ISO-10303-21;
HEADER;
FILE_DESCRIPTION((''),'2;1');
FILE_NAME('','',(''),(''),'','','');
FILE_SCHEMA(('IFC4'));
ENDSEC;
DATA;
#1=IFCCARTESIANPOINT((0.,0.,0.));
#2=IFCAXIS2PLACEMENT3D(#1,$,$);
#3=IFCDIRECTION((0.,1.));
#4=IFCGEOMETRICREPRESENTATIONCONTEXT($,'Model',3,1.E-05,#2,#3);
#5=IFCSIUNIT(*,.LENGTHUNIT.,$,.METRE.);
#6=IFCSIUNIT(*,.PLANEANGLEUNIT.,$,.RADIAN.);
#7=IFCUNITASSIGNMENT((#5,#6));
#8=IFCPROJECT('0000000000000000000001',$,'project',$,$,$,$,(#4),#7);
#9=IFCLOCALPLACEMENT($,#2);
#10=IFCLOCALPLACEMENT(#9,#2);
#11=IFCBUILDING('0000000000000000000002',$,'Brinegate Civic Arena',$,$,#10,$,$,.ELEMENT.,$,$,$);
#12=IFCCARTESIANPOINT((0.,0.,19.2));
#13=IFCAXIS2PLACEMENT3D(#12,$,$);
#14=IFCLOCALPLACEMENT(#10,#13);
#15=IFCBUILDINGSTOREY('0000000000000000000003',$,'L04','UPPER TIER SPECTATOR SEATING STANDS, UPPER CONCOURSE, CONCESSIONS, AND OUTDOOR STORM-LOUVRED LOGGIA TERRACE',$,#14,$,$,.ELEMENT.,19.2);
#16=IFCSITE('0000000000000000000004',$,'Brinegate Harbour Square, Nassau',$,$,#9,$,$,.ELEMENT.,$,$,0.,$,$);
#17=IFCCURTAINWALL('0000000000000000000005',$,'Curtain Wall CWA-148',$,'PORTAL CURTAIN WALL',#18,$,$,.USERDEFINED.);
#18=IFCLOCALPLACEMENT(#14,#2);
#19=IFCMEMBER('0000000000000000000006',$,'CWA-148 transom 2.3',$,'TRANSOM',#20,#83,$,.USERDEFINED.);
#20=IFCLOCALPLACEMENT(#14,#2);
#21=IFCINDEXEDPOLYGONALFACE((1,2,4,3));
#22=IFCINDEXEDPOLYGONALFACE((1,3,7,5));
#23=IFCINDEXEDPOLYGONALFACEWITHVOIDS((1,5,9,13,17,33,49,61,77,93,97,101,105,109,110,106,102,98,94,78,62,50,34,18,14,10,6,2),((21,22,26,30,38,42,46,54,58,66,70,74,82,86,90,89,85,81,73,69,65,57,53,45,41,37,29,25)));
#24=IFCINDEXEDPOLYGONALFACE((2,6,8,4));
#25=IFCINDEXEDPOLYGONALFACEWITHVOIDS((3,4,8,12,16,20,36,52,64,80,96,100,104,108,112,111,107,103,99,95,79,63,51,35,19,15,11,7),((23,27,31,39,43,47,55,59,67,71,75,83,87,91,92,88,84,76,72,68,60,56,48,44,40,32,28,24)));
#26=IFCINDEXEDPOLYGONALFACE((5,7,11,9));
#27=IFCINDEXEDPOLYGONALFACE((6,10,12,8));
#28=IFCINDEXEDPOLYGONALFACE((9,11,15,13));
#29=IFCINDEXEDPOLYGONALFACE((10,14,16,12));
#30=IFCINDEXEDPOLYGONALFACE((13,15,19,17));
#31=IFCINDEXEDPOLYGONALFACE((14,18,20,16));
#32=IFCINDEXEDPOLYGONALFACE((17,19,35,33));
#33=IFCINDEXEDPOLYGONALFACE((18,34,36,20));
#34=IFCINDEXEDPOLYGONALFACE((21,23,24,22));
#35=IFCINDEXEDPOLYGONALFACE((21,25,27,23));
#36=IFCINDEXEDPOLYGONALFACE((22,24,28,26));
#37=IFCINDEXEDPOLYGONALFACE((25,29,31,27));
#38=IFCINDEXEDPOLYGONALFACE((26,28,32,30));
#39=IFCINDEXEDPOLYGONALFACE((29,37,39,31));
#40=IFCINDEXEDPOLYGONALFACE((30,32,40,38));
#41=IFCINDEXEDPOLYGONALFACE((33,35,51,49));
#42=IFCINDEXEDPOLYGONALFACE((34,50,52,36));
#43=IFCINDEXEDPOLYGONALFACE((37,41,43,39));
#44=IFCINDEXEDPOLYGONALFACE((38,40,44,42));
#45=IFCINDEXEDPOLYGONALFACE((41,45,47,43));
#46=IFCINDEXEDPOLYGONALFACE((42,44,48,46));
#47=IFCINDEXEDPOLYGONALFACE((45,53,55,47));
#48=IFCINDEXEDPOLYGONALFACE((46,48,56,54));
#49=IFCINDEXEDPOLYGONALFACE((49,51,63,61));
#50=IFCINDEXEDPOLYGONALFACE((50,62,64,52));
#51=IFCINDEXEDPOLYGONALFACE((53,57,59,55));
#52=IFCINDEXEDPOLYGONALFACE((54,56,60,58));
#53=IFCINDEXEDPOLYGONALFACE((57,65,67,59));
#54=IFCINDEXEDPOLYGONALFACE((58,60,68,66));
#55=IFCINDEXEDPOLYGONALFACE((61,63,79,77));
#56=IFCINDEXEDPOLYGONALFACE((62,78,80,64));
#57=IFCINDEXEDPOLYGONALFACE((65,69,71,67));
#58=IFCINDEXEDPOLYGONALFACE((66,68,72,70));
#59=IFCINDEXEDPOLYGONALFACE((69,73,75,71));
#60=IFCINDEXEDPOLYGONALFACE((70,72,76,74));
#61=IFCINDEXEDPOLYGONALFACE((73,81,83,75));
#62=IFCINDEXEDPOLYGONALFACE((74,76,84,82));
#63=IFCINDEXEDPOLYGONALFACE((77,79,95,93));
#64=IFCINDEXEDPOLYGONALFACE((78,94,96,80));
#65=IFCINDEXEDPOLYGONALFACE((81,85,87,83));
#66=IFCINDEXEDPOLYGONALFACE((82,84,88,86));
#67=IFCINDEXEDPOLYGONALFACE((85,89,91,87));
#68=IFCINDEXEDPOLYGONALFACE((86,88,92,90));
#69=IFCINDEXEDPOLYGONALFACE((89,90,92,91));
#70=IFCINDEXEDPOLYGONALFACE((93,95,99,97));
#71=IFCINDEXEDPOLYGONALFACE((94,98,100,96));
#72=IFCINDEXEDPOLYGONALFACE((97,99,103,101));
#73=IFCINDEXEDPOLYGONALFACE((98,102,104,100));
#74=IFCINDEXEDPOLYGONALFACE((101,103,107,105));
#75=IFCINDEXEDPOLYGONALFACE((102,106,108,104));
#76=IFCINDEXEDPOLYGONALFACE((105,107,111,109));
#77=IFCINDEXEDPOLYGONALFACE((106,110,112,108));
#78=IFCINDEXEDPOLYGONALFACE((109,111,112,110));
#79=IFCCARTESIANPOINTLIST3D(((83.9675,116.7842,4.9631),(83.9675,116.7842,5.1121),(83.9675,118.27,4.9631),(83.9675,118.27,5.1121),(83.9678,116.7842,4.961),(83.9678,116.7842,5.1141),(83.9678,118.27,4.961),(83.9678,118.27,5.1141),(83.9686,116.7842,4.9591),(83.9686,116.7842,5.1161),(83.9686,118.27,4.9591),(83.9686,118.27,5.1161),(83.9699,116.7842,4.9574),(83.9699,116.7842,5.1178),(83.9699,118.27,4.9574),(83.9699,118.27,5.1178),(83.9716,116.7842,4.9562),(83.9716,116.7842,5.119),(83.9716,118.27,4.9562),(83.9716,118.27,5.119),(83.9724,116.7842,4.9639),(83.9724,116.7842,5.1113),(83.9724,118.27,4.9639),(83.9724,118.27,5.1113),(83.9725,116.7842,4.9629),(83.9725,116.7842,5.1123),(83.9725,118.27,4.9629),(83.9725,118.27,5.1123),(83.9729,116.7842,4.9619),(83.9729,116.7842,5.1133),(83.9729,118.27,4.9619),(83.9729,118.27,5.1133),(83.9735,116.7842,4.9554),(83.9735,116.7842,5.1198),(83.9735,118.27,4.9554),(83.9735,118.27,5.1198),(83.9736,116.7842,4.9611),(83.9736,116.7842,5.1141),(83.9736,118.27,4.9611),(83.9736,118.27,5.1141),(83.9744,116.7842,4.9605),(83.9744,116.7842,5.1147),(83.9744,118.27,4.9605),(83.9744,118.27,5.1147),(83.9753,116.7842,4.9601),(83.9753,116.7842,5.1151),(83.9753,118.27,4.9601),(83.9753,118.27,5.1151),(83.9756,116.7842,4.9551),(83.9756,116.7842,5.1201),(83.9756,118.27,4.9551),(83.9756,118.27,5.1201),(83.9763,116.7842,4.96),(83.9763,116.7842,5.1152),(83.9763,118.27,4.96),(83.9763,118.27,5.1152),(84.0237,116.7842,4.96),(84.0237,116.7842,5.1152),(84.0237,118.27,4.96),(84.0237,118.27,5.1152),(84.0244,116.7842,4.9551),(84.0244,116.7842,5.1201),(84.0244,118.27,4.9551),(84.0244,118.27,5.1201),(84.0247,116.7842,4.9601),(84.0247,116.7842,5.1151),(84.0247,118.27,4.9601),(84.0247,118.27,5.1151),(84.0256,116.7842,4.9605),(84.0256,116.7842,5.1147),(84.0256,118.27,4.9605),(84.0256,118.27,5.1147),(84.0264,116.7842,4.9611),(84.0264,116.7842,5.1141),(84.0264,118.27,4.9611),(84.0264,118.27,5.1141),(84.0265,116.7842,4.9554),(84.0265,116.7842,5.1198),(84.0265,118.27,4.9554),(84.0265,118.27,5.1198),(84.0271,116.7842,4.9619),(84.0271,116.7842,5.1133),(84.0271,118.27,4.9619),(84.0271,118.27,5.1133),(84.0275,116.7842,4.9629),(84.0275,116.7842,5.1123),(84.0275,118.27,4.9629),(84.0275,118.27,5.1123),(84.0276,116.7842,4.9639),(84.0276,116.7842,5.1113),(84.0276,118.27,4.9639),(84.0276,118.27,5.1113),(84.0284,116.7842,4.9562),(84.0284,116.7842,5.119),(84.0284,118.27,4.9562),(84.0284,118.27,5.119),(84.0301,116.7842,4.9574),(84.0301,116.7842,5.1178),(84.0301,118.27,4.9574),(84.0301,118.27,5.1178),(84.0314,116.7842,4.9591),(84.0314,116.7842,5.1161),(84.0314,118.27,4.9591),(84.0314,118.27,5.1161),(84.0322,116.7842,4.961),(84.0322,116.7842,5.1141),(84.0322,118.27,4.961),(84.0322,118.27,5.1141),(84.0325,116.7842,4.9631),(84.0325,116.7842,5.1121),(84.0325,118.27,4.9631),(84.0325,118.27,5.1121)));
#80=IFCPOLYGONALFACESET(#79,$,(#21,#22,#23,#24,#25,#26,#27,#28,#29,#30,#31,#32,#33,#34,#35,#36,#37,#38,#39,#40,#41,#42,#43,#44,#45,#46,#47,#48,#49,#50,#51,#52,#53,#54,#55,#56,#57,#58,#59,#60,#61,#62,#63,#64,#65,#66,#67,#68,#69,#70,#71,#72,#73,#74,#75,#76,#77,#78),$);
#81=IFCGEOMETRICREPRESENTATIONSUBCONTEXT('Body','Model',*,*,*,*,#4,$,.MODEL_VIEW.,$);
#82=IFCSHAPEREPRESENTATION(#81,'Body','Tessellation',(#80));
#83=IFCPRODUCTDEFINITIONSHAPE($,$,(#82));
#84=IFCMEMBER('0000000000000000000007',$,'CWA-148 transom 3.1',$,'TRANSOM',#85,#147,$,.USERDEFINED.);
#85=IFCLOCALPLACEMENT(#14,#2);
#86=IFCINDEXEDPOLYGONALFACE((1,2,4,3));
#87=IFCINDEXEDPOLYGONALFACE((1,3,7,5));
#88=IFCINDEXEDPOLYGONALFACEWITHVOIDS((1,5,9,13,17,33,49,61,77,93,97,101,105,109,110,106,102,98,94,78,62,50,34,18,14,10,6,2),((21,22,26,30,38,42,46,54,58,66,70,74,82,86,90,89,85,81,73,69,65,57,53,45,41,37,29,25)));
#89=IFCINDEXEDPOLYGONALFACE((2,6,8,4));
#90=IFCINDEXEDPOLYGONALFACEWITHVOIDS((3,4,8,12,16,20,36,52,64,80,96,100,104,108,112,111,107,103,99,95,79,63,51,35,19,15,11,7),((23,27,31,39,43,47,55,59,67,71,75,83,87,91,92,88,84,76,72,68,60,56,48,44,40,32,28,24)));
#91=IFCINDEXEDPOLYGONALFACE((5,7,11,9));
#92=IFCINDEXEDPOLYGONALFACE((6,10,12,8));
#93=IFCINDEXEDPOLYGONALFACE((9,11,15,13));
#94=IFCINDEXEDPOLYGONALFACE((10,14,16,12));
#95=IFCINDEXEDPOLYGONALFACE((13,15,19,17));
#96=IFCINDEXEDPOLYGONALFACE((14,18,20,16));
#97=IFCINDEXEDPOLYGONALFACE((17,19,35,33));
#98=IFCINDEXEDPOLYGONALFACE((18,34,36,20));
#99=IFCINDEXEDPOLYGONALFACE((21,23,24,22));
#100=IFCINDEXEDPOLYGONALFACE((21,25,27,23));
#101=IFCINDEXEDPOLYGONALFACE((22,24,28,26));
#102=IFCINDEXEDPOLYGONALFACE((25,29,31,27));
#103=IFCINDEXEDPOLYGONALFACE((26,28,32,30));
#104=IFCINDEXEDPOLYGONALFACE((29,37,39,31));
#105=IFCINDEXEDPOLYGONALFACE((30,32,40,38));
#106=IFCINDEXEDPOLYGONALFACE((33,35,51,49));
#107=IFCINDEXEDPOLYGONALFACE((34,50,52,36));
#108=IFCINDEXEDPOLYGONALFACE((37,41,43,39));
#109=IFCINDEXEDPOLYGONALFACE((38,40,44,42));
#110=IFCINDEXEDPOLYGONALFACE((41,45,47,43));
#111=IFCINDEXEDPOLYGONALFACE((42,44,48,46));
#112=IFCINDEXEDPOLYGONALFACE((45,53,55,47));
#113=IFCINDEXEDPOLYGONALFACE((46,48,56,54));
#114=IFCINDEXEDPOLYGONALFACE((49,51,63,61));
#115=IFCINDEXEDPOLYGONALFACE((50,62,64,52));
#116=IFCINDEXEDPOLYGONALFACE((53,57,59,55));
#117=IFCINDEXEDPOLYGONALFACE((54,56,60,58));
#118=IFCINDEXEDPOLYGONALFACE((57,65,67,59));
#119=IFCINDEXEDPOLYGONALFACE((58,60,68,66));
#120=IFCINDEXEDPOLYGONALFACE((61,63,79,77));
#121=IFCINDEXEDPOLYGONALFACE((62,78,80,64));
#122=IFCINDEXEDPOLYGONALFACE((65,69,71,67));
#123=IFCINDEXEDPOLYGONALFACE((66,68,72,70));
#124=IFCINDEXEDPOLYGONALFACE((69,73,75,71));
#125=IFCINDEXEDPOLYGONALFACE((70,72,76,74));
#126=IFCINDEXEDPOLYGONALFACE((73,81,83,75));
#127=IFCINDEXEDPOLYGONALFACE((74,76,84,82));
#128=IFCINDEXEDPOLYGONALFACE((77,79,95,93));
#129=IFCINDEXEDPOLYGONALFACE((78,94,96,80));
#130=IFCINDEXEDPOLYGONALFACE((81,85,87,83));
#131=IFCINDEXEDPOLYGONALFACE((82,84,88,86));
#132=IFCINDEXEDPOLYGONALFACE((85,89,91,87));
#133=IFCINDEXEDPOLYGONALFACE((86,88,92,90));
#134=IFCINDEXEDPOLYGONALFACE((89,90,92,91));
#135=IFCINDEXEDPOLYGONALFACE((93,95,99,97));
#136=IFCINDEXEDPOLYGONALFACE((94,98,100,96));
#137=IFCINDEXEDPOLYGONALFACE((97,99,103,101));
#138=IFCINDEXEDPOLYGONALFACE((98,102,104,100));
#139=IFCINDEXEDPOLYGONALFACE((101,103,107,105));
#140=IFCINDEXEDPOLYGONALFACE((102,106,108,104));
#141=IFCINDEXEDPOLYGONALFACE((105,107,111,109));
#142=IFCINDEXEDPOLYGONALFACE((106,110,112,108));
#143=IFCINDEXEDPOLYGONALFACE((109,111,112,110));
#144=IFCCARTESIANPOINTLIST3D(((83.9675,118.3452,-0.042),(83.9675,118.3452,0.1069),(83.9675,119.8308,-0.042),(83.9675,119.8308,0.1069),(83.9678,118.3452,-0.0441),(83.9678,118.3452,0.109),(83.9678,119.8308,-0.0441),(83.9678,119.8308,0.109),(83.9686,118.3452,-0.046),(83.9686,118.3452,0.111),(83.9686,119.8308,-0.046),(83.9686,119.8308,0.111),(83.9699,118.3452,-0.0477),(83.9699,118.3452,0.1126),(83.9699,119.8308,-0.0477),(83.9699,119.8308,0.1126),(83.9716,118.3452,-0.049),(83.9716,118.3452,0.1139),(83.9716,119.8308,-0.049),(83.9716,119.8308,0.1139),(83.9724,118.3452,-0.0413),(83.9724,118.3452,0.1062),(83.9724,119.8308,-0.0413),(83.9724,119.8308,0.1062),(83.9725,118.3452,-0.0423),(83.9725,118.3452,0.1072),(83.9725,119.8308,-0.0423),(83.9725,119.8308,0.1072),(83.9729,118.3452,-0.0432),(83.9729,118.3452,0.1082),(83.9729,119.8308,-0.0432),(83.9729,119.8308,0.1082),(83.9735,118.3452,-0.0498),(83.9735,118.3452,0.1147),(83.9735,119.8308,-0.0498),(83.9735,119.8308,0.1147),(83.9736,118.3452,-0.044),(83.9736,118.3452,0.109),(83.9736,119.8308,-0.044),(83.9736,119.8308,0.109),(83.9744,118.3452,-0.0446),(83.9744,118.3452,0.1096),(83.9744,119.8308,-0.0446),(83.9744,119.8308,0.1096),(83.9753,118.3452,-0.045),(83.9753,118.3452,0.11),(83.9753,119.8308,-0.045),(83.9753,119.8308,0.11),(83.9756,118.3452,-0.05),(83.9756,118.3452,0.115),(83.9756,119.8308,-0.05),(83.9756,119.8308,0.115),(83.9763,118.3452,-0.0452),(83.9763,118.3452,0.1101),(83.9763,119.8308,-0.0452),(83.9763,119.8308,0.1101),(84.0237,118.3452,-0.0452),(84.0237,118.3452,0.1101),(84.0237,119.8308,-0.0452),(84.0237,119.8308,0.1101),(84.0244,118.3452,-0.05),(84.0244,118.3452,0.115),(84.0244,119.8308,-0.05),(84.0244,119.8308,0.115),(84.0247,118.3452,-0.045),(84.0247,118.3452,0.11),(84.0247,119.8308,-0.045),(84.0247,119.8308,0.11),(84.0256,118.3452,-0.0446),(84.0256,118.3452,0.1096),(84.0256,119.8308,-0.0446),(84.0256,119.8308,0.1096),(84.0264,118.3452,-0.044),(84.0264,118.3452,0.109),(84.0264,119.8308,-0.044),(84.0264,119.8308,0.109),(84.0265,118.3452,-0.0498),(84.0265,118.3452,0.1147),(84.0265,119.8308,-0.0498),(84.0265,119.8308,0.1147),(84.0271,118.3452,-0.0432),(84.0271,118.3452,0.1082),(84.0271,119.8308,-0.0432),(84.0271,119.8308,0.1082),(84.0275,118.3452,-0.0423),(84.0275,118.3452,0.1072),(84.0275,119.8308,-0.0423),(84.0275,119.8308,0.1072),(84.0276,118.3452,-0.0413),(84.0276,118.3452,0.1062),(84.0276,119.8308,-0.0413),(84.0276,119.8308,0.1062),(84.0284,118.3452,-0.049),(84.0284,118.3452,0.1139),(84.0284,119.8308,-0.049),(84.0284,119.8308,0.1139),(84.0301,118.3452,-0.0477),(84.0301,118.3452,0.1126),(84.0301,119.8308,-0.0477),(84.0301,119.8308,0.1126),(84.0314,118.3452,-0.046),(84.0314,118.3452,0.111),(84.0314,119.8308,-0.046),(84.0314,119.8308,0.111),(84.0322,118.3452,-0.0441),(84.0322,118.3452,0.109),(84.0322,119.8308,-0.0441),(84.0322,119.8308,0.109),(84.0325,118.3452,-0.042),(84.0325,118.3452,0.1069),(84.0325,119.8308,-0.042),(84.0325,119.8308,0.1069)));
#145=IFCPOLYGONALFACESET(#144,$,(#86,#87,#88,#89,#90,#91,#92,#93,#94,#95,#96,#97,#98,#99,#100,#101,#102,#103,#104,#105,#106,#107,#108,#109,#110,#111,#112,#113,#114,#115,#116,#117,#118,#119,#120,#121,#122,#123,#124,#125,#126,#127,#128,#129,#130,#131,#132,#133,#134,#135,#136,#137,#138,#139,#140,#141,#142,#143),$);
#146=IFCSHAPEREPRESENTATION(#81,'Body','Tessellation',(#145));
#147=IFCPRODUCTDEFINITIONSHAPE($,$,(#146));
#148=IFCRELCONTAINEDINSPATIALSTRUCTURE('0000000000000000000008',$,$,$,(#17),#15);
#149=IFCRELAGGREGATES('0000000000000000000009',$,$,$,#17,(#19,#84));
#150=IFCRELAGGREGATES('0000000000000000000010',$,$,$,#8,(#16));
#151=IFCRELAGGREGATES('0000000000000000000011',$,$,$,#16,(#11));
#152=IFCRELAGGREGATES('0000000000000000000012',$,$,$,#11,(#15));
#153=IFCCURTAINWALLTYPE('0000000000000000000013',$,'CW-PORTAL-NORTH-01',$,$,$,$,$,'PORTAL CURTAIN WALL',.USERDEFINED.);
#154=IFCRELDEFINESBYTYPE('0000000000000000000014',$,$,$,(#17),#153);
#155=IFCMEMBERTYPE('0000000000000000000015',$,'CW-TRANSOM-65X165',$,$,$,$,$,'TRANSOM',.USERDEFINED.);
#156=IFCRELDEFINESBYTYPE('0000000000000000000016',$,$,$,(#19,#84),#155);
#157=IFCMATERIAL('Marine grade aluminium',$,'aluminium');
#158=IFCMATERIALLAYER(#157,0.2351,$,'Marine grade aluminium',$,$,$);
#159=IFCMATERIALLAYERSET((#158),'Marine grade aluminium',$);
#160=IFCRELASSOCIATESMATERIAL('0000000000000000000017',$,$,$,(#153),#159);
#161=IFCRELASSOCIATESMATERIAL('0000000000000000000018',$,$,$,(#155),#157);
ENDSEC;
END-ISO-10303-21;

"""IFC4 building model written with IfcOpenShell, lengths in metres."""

from ifc_helpers import new_model, si_unit, direction, frame, origin, origin_2d, place, context, subcontext, project, spatial, hollow_rectangle, extrude, material, layer, layer_set, material_profile, profile_set, type_object, element, aggregate, save


model = new_model("IFC4")

# Units and contexts
model_context = context("Model", 3, precision=1e-05, world=origin(), true_north=direction((0.0, 1.0)))
body_context = subcontext(model_context, "Body", "Model", "MODEL_VIEW")
ifc_project = project(units=[si_unit("LENGTHUNIT", "METRE"), si_unit("PLANEANGLEUNIT", "RADIAN")], contexts=[model_context])

# Site, building, storey
site_placement = place(None, origin())
site = spatial("IfcSite", under=ifc_project, at=site_placement, Name="Brinegate Harbour Square, Nassau", CompositionType="ELEMENT", RefElevation=0.0)
building_placement = place(site_placement, origin())
building = spatial("IfcBuilding", under=site, at=building_placement, Name="Brinegate Civic Arena", CompositionType="ELEMENT")
storey_placement = place(building_placement, frame((0.0, 0.0, 19.2)))
storey = spatial("IfcBuildingStorey", under=building, at=storey_placement, Name="L04", Description="UPPER TIER SPECTATOR SEATING STANDS, UPPER CONCOURSE, CONCESSIONS, AND OUTDOOR STORM-LOUVRED LOGGIA TERRACE", CompositionType="ELEMENT", Elevation=19.2)

# Curtain wall, members
ifc_material_1 = material(Name="Marine grade aluminium", Category="aluminium")
ifc_layer_1 = layer(ifc_material_1, 0.2351, Name="Marine grade aluminium")
ifc_layer_set_1 = layer_set([ifc_layer_1], Name="Marine grade aluminium")
curtain_wall_type = type_object("IfcCurtainWallType", Name="CW-PORTAL-NORTH-01", ElementType="PORTAL CURTAIN WALL", PredefinedType="USERDEFINED", material=ifc_layer_set_1)
curtain_wall_placement = place(storey_placement, origin())
curtain_wall = element("IfcCurtainWall", 1, at=curtain_wall_placement, inside=storey, type_object=curtain_wall_type, Name="Curtain Wall CWA-148", ObjectType="PORTAL CURTAIN WALL", PredefinedType="USERDEFINED")
ifc_material_profile_1 = material_profile(ifc_material_1, hollow_rectangle(XDim=0.0649, YDim=0.165, WallThickness=0.0049, InnerFilletRadius=0.0039, OuterFilletRadius=0.0081, at=origin_2d()), Name="TRN65X165")
ifc_profile_set_1 = profile_set([ifc_material_profile_1], Name="Marine grade aluminium")
member_type_1 = type_object("IfcMemberType", Name="CW-TRANSOM-65X165", ElementType="TRANSOM", PredefinedType="USERDEFINED", material=ifc_profile_set_1)
member_1_placement = place(storey_placement, frame((84.0, 116.7842, 5.0376), z_axis=(0.0, 1.0, 0.0), x_axis=(-1.0, 0.0, 0.0)))
member_1 = element("IfcMember", 2, at=member_1_placement, type_object=member_type_1, Name="CWA-148 transom 2.3", ObjectType="TRANSOM", PredefinedType="USERDEFINED", context=body_context, shape_type="SweptSolid", body=[
    extrude(hollow_rectangle(XDim=0.0649, YDim=0.165, WallThickness=0.0049, InnerFilletRadius=0.0039, OuterFilletRadius=0.0081, at=origin_2d()), origin(), (0.0, 0.0, 1.0), 1.4858),
])
member_2_placement = place(storey_placement, frame((84.0, 118.3452, 0.0325), z_axis=(0.0, 1.0, 0.0), x_axis=(-1.0, 0.0, 0.0)))
member_2 = element("IfcMember", 3, at=member_2_placement, type_object=member_type_1, Name="CWA-148 transom 3.1", ObjectType="TRANSOM", PredefinedType="USERDEFINED", context=body_context, shape_type="SweptSolid", body=[
    extrude(hollow_rectangle(XDim=0.0649, YDim=0.165, WallThickness=0.0049, InnerFilletRadius=0.0039, OuterFilletRadius=0.0081, at=origin_2d()), origin(), (0.0, 0.0, 1.0), 1.4856),
])

aggregate(curtain_wall, [member_1, member_2])

save(model, "model.ifc")
